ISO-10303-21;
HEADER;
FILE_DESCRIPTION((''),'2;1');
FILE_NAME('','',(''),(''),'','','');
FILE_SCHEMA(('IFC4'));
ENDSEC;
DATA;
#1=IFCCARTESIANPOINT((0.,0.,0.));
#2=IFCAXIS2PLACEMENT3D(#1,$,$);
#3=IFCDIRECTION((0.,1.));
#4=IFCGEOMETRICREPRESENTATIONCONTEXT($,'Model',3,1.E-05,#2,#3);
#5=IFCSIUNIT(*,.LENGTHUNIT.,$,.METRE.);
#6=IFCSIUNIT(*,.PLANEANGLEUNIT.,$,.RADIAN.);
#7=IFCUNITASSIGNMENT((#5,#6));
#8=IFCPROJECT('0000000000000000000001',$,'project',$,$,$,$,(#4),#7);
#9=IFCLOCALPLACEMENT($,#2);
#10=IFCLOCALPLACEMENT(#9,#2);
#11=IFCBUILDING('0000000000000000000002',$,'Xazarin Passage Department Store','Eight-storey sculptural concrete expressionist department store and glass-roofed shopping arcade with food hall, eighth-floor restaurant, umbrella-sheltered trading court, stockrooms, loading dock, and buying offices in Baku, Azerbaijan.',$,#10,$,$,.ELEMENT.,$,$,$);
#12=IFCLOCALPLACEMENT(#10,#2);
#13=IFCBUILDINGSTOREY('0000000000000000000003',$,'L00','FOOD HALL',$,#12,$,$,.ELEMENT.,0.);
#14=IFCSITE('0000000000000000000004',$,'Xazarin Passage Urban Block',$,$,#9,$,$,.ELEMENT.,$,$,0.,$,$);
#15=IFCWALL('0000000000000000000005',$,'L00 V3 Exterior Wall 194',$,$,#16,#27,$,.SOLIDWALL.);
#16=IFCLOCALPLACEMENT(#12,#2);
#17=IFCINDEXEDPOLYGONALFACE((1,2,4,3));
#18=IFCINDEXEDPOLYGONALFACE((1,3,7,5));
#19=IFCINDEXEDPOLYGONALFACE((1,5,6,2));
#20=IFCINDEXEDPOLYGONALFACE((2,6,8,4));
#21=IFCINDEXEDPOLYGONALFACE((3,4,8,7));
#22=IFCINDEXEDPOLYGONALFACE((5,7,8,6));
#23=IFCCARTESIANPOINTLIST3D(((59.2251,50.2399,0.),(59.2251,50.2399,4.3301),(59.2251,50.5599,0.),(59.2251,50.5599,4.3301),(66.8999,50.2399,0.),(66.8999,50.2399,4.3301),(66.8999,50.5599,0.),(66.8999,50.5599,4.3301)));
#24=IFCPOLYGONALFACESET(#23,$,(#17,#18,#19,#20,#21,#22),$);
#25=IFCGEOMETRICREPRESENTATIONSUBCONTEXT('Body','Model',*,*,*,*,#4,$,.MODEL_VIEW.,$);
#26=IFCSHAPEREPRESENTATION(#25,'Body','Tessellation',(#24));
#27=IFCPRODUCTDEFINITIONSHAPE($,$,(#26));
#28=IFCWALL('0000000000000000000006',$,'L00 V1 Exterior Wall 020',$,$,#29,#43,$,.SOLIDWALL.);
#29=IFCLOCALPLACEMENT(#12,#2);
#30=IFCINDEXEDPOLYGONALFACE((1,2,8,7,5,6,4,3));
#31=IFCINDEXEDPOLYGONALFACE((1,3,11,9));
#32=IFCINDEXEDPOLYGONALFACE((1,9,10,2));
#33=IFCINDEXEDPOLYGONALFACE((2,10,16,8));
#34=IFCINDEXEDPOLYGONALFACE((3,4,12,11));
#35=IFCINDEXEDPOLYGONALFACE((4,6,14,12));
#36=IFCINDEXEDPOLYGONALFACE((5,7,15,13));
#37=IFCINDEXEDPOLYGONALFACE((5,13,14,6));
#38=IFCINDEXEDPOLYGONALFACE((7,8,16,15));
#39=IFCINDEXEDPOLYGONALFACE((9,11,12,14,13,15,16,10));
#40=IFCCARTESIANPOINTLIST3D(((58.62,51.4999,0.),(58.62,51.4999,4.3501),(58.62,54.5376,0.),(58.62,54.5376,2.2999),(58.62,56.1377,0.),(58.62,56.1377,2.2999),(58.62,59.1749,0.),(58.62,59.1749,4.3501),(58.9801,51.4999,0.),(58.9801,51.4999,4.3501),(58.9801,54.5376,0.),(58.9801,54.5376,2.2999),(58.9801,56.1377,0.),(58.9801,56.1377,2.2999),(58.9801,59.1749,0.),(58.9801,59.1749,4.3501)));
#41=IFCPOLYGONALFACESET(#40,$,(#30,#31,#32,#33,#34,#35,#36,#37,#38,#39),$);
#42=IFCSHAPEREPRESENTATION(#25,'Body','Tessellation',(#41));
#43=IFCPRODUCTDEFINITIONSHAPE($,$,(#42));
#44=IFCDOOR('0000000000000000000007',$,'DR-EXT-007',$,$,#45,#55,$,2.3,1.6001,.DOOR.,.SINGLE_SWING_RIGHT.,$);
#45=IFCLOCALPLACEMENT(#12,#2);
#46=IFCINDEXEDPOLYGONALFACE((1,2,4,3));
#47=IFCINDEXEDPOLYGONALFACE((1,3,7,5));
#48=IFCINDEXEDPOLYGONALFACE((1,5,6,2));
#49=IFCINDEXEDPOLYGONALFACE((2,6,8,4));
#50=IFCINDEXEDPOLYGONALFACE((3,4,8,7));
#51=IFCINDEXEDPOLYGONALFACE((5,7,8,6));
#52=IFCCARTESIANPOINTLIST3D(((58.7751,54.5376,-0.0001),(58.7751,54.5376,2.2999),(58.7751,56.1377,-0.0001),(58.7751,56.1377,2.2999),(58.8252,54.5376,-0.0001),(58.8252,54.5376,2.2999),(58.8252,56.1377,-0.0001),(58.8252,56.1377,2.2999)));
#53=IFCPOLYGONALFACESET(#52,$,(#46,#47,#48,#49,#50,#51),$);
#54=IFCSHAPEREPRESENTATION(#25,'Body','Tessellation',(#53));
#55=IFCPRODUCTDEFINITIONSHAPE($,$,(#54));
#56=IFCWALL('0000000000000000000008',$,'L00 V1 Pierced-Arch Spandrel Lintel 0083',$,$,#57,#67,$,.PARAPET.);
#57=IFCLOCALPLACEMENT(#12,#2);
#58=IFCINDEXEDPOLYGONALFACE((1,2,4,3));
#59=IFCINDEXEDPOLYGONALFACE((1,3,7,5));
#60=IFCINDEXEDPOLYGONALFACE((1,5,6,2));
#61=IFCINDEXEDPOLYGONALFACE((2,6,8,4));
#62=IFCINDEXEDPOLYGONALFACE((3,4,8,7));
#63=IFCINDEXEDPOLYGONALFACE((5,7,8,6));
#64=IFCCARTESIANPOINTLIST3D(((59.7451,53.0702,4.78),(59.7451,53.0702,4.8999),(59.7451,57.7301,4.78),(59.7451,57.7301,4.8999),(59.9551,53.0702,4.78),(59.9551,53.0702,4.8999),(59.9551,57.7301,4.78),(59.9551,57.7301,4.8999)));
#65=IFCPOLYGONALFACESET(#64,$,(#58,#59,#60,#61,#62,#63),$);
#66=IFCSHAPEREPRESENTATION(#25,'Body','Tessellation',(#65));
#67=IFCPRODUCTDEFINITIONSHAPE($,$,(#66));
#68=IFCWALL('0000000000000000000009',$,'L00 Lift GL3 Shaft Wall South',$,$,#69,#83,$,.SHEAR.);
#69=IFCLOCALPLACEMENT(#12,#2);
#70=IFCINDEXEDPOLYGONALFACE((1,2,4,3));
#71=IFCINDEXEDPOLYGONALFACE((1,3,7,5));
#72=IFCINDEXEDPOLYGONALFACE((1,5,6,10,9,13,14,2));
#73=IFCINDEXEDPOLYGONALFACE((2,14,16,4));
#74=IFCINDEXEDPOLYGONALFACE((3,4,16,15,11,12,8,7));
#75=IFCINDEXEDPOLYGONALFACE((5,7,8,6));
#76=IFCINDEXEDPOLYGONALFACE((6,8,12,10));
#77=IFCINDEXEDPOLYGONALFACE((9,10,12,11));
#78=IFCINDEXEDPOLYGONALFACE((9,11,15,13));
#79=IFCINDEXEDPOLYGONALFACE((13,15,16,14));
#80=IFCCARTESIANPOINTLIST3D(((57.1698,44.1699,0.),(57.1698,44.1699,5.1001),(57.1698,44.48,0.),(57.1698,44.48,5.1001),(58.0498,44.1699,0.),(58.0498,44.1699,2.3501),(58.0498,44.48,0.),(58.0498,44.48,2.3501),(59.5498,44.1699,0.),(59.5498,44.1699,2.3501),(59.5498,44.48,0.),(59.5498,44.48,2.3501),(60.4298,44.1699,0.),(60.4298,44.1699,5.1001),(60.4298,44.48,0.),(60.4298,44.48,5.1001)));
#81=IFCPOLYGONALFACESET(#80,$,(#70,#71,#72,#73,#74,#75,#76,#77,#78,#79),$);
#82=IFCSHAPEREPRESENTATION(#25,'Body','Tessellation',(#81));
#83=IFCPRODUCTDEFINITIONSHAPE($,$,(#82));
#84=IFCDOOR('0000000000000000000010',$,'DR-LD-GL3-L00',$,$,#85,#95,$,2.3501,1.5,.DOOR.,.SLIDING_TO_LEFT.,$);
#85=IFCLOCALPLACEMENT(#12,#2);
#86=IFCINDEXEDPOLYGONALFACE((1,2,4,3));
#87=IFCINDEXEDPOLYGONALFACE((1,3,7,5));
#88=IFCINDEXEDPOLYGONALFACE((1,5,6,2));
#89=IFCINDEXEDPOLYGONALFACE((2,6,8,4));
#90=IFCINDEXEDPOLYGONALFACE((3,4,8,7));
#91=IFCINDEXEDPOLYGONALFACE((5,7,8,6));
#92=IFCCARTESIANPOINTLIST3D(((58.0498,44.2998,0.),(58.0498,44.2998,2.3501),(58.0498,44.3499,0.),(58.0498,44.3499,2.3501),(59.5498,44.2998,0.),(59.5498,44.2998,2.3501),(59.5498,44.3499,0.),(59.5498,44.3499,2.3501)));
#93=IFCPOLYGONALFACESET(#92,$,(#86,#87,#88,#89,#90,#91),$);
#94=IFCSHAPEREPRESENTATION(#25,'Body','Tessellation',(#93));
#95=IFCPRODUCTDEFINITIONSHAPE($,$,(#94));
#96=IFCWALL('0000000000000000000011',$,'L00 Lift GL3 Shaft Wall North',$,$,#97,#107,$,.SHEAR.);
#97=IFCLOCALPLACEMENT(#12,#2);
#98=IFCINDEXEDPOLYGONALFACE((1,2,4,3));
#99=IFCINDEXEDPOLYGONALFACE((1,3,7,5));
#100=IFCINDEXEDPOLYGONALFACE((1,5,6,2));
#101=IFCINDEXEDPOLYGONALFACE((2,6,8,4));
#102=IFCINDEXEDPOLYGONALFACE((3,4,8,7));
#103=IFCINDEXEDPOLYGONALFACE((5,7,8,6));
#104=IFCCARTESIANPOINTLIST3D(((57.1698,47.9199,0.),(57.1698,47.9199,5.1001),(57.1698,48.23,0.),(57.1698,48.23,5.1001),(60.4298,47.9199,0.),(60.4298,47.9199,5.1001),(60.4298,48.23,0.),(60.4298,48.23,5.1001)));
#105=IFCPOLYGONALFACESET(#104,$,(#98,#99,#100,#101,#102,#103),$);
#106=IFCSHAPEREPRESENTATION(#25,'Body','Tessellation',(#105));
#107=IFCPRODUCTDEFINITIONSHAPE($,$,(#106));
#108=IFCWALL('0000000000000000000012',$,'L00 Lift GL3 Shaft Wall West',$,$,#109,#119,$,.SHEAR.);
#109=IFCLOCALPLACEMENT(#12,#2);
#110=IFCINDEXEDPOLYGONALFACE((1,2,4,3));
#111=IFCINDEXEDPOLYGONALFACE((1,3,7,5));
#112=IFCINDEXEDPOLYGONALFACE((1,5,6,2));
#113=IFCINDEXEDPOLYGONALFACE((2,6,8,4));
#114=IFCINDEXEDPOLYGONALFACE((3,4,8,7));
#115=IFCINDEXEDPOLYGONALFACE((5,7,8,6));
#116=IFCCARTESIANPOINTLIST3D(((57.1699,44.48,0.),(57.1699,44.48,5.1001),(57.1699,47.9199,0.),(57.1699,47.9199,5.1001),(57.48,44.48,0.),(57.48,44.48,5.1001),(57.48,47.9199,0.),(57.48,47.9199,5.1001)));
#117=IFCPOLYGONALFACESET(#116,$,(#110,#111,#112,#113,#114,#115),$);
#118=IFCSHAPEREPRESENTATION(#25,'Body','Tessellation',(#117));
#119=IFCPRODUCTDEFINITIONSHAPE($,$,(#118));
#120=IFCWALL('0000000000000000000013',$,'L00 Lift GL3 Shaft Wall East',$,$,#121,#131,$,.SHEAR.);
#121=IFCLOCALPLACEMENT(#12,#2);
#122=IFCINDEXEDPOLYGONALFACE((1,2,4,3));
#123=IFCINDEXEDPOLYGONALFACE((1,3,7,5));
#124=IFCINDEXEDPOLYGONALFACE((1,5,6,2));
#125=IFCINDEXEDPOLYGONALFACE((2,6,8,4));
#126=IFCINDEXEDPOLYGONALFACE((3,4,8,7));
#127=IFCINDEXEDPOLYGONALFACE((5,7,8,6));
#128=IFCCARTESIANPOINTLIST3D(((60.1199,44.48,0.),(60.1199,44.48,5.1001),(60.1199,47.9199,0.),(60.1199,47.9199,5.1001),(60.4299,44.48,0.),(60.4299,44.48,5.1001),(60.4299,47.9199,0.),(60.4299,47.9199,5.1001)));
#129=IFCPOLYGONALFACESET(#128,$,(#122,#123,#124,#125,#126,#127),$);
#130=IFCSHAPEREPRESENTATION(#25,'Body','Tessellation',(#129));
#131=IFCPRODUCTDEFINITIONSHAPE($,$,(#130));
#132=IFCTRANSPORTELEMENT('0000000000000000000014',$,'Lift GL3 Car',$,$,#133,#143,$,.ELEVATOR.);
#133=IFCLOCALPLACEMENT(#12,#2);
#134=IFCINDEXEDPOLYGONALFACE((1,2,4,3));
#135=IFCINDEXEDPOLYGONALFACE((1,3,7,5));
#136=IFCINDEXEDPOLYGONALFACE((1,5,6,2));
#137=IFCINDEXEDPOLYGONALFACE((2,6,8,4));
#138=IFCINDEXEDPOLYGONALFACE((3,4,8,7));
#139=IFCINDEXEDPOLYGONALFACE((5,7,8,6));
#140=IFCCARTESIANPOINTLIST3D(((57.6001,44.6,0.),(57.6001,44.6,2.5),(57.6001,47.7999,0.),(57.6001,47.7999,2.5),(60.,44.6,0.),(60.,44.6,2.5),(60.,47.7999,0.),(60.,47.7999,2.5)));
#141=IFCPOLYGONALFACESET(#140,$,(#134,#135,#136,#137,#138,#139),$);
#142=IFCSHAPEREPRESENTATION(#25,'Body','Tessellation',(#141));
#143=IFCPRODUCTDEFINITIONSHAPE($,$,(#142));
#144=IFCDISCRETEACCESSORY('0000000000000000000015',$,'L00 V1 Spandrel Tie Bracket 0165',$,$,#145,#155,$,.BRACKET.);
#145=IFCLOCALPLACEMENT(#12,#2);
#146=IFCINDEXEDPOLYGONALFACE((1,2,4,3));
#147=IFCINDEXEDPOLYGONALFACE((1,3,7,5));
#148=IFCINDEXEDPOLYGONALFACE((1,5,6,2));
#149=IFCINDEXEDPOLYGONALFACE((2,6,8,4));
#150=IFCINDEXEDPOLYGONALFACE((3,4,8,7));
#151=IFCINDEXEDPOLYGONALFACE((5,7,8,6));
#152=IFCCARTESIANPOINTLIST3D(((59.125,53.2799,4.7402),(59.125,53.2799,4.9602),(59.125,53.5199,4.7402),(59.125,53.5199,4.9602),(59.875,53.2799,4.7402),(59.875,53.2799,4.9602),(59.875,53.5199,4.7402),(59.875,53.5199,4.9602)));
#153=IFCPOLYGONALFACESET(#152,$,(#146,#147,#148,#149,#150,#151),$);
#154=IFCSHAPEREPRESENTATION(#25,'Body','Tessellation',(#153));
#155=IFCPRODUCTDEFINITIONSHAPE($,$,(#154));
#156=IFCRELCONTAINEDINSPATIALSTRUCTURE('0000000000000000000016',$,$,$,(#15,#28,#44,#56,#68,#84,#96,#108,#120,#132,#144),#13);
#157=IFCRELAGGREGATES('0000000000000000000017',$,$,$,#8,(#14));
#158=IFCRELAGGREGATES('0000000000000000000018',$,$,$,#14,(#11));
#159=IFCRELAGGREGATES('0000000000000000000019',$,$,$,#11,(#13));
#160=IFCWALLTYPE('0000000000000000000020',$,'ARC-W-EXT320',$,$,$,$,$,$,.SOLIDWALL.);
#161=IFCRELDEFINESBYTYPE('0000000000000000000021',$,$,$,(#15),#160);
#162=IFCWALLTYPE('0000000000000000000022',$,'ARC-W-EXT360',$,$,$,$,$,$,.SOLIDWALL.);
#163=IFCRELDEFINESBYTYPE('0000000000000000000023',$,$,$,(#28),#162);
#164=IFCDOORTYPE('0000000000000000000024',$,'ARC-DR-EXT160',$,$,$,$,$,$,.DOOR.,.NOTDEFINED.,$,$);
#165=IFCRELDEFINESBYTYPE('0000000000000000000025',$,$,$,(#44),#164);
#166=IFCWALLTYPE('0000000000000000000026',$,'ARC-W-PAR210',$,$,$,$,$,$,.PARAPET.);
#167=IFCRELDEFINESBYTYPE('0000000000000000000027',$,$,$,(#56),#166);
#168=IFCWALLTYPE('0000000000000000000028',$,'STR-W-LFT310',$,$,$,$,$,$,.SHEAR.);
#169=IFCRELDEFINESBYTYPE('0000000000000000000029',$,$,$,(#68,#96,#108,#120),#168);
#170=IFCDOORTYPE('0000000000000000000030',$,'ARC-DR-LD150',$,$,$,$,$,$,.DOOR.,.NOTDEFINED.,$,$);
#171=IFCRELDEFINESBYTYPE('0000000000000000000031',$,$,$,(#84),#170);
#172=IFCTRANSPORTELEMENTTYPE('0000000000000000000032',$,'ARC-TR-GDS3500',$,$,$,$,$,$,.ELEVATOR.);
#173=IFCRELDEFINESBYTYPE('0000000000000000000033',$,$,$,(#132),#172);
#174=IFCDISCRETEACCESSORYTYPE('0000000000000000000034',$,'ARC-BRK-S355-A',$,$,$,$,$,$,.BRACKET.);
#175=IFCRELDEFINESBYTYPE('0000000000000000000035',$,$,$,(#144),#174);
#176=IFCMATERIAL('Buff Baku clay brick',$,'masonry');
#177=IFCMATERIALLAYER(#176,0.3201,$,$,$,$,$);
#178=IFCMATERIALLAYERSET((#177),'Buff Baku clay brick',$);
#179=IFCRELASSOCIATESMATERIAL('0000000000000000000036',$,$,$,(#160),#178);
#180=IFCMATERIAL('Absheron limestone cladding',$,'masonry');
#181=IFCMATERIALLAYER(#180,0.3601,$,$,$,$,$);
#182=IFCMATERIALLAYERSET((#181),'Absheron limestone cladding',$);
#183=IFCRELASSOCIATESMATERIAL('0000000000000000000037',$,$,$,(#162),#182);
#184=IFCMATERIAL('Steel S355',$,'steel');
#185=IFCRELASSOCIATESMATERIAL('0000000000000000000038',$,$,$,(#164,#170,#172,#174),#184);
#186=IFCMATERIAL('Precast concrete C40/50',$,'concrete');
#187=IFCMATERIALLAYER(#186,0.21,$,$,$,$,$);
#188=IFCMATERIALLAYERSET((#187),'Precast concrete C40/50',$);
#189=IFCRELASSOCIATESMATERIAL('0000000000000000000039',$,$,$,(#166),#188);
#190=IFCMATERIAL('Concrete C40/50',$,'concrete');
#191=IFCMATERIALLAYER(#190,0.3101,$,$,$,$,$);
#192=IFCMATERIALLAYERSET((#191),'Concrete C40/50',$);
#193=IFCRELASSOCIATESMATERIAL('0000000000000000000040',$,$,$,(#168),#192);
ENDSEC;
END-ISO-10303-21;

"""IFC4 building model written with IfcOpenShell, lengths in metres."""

from ifc_helpers import new_model, si_unit, direction, frame, frame_2d, origin, origin_2d, place, context, subcontext, project, spatial, rectangle, extrude, material, layer, layer_set, type_object, element, fill, save


model = new_model("IFC4")

# Units and contexts
model_context = context("Model", 3, precision=1e-05, world=origin(), true_north=direction((0.0, 1.0)))
body_context = subcontext(model_context, "Body", "Model", "MODEL_VIEW")
ifc_project = project(units=[si_unit("LENGTHUNIT", "METRE"), si_unit("PLANEANGLEUNIT", "RADIAN")], contexts=[model_context])

# Site, building, storey
site_placement = place(None, origin())
site = spatial("IfcSite", under=ifc_project, at=site_placement, Name="Xazarin Passage Urban Block", CompositionType="ELEMENT", RefElevation=0.0)
building_placement = place(site_placement, origin())
building = spatial("IfcBuilding", under=site, at=building_placement, Name="Xazarin Passage Department Store", Description="Eight-storey sculptural concrete expressionist department store and glass-roofed shopping arcade with food hall, eighth-floor restaurant, umbrella-sheltered trading court, stockrooms, loading dock, and buying offices in Baku, Azerbaijan.", CompositionType="ELEMENT")
storey_placement = place(building_placement, origin())
storey = spatial("IfcBuildingStorey", under=building, at=storey_placement, Name="L00", Description="FOOD HALL", CompositionType="ELEMENT", Elevation=0.0)

# Shared definitions
ifc_material_1 = material(Name="Concrete C40/50", Category="concrete")

# Wall
ifc_material_2 = material(Name="Buff Baku clay brick", Category="masonry")
ifc_layer_1 = layer(ifc_material_2, 0.3201)
ifc_layer_set_1 = layer_set([ifc_layer_1], Name="Buff Baku clay brick")
wall_type_1 = type_object("IfcWallType", Name="ARC-W-EXT320", PredefinedType="SOLIDWALL", material=ifc_layer_set_1)
wall_1_placement = place(storey_placement, frame((59.2251, 50.3999, 0.0), z_axis=(0.0, 0.0, 1.0), x_axis=(1.0, 0.0, 0.0)))
element("IfcWall", 1, at=wall_1_placement, inside=storey, type_object=wall_type_1, Name="L00 V3 Exterior Wall 194", PredefinedType="SOLIDWALL", context=body_context, shape_type="SweptSolid", body=[
    extrude(rectangle(XDim=7.6748, YDim=0.3201, at=frame_2d((3.8374, 0.0))), origin(), (0.0, 0.0, 1.0), 4.3301),
])

# Wall, opening, door
ifc_material_3 = material(Name="Absheron limestone cladding", Category="masonry")
ifc_layer_2 = layer(ifc_material_3, 0.3601)
ifc_layer_set_2 = layer_set([ifc_layer_2], Name="Absheron limestone cladding")
wall_type_2 = type_object("IfcWallType", Name="ARC-W-EXT360", PredefinedType="SOLIDWALL", material=ifc_layer_set_2)
wall_2_placement = place(storey_placement, frame((58.8, 51.5, 0.0), z_axis=(0.0, 0.0, 1.0), x_axis=(0.0, 1.0, 0.0)))
wall_2 = element("IfcWall", 2, at=wall_2_placement, inside=storey, type_object=wall_type_2, Name="L00 V1 Exterior Wall 020", PredefinedType="SOLIDWALL", context=body_context, shape_type="SweptSolid", body=[
    extrude(rectangle(XDim=7.675, YDim=0.3601, at=frame_2d((3.8374, 0.0))), origin(), (0.0, 0.0, 1.0), 4.3501),
])
opening_1_placement = place(wall_2_placement, frame((3.0376, 0.0, 0.0)))
opening_1 = element("IfcOpeningElement", 3, at=opening_1_placement, cuts=wall_2, PredefinedType="OPENING", context=body_context, shape_type="SweptSolid", body=[
    extrude(rectangle(XDim=1.6001, YDim=2.3, at=frame_2d((0.8, 1.1499))), frame((0.0, 0.1899, 0.0), z_axis=(0.0, -1.0, 0.0), x_axis=(1.0, 0.0, 0.0)), (0.0, 0.0, 1.0), 0.3801),
])
ifc_material_4 = material(Name="Steel S355", Category="steel")
door_type_1 = type_object("IfcDoorType", Name="ARC-DR-EXT160", OperationType="NOTDEFINED", PredefinedType="DOOR", material=ifc_material_4)
door_1_placement = place(opening_1_placement, origin())
door_1 = element("IfcDoor", 4, at=door_1_placement, inside=storey, type_object=door_type_1, Name="DR-EXT-007", OperationType="SINGLE_SWING_RIGHT", OverallHeight=2.3, OverallWidth=1.6001, PredefinedType="DOOR", context=body_context, shape_type="SweptSolid", body=[
    extrude(rectangle(XDim=1.6001, YDim=2.3, at=frame_2d((0.8, 1.1499))), frame((0.0, 0.0249, 0.0), z_axis=(0.0, -1.0, 0.0), x_axis=(1.0, 0.0, 0.0)), (0.0, 0.0, 1.0), 0.05),
])
fill(opening_1, door_1)

# Wall
ifc_material_5 = material(Name="Precast concrete C40/50", Category="concrete")
ifc_layer_3 = layer(ifc_material_5, 0.21)
ifc_layer_set_3 = layer_set([ifc_layer_3], Name="Precast concrete C40/50")
wall_type_3 = type_object("IfcWallType", Name="ARC-W-PAR210", PredefinedType="PARAPET", material=ifc_layer_set_3)
wall_3_placement = place(storey_placement, frame((59.8501, 53.0701, 4.78), z_axis=(0.0, 0.0, 1.0), x_axis=(0.0, 1.0, 0.0)))
element("IfcWall", 5, at=wall_3_placement, inside=storey, type_object=wall_type_3, Name="L00 V1 Pierced-Arch Spandrel Lintel 0083", PredefinedType="PARAPET", context=body_context, shape_type="SweptSolid", body=[
    extrude(rectangle(XDim=4.6599, YDim=0.21, at=frame_2d((2.3301, 0.0))), origin(), (0.0, 0.0, 1.0), 0.1199),
])

# Wall, opening, door
ifc_layer_4 = layer(ifc_material_1, 0.3101)
ifc_layer_set_4 = layer_set([ifc_layer_4], Name="Concrete C40/50")
wall_type_4 = type_object("IfcWallType", Name="STR-W-LFT310", PredefinedType="SHEAR", material=ifc_layer_set_4)
wall_4_placement = place(storey_placement, frame((57.1699, 44.325, 0.0), z_axis=(0.0, 0.0, 1.0), x_axis=(1.0, 0.0, 0.0)))
wall_4 = element("IfcWall", 6, at=wall_4_placement, inside=storey, type_object=wall_type_4, Name="L00 Lift GL3 Shaft Wall South", PredefinedType="SHEAR", context=body_context, shape_type="SweptSolid", body=[
    extrude(rectangle(XDim=3.26, YDim=0.3101, at=frame_2d((1.6299, 0.0))), origin(), (0.0, 0.0, 1.0), 5.1001),
])
opening_2_placement = place(wall_4_placement, frame((0.8799, 0.0, 0.0)))
opening_2 = element("IfcOpeningElement", 7, at=opening_2_placement, cuts=wall_4, PredefinedType="OPENING", context=body_context, shape_type="SweptSolid", body=[
    extrude(rectangle(XDim=1.5, YDim=2.3501, at=frame_2d((0.75, 1.175))), frame((0.0, 0.165, 0.0), z_axis=(0.0, -1.0, 0.0), x_axis=(1.0, 0.0, 0.0)), (0.0, 0.0, 1.0), 0.3301),
])
door_type_2 = type_object("IfcDoorType", Name="ARC-DR-LD150", OperationType="NOTDEFINED", PredefinedType="DOOR", material=ifc_material_4)
door_2_placement = place(opening_2_placement, origin())
door_2 = element("IfcDoor", 8, at=door_2_placement, inside=storey, type_object=door_type_2, Name="DR-LD-GL3-L00", OperationType="SLIDING_TO_LEFT", OverallHeight=2.3501, OverallWidth=1.5, PredefinedType="DOOR", context=body_context, shape_type="SweptSolid", body=[
    extrude(rectangle(XDim=1.5, YDim=2.3501, at=frame_2d((0.75, 1.175))), frame((0.0, 0.0249, 0.0), z_axis=(0.0, -1.0, 0.0), x_axis=(1.0, 0.0, 0.0)), (0.0, 0.0, 1.0), 0.05),
])
fill(opening_2, door_2)

# Walls
wall_5_placement = place(storey_placement, frame((57.1699, 48.075, 0.0), z_axis=(0.0, 0.0, 1.0), x_axis=(1.0, 0.0, 0.0)))
element("IfcWall", 9, at=wall_5_placement, inside=storey, type_object=wall_type_4, Name="L00 Lift GL3 Shaft Wall North", PredefinedType="SHEAR", context=body_context, shape_type="SweptSolid", body=[
    extrude(rectangle(XDim=3.26, YDim=0.3101, at=frame_2d((1.6299, 0.0))), origin(), (0.0, 0.0, 1.0), 5.1001),
])
for number, where, z_axis, x_axis, name in (
    (10, (57.325, 44.48, 0.0), (0.0, 0.0, 1.0), (0.0, 1.0, 0.0), "L00 Lift GL3 Shaft Wall West"),
    (11, (60.2749, 44.48, 0.0), (0.0, 0.0, 1.0), (0.0, 1.0, 0.0), "L00 Lift GL3 Shaft Wall East"),
):
    element("IfcWall", number, at=place(storey_placement, frame(where, z_axis=z_axis, x_axis=x_axis)), inside=storey, type_object=wall_type_4, Name=name, PredefinedType="SHEAR", context=body_context, shape_type="SweptSolid", body=[
        extrude(rectangle(XDim=3.4399, YDim=0.3101, at=frame_2d((1.72, 0.0))), origin(), (0.0, 0.0, 1.0), 5.1001),
    ])

# Transport element
transport_element_type = type_object("IfcTransportElementType", Name="ARC-TR-GDS3500", PredefinedType="ELEVATOR", material=ifc_material_4)
transport_element_placement = place(storey_placement, frame((58.8, 46.2, 0.0), z_axis=(0.0, 0.0, 1.0), x_axis=(1.0, 0.0, 0.0)))
element("IfcTransportElement", 12, at=transport_element_placement, inside=storey, type_object=transport_element_type, Name="Lift GL3 Car", PredefinedType="ELEVATOR", context=body_context, shape_type="SweptSolid", body=[
    extrude(rectangle(XDim=2.3999, YDim=3.2, at=origin_2d()), origin(), (0.0, 0.0, 1.0), 2.5),
])

# Discrete accessory
discrete_accessory_type = type_object("IfcDiscreteAccessoryType", Name="ARC-BRK-S355-A", PredefinedType="BRACKET", material=ifc_material_4)
discrete_accessory_placement = place(storey_placement, frame((59.5, 53.3999, 4.7402), z_axis=(0.0, 0.0, 1.0), x_axis=(0.0, 1.0, 0.0)))
element("IfcDiscreteAccessory", 13, at=discrete_accessory_placement, inside=storey, type_object=discrete_accessory_type, Name="L00 V1 Spandrel Tie Bracket 0165", PredefinedType="BRACKET", context=body_context, shape_type="SweptSolid", body=[
    extrude(rectangle(XDim=0.24, YDim=0.75, at=origin_2d()), origin(), (0.0, 0.0, 1.0), 0.22),
])

save(model, "model.ifc")
